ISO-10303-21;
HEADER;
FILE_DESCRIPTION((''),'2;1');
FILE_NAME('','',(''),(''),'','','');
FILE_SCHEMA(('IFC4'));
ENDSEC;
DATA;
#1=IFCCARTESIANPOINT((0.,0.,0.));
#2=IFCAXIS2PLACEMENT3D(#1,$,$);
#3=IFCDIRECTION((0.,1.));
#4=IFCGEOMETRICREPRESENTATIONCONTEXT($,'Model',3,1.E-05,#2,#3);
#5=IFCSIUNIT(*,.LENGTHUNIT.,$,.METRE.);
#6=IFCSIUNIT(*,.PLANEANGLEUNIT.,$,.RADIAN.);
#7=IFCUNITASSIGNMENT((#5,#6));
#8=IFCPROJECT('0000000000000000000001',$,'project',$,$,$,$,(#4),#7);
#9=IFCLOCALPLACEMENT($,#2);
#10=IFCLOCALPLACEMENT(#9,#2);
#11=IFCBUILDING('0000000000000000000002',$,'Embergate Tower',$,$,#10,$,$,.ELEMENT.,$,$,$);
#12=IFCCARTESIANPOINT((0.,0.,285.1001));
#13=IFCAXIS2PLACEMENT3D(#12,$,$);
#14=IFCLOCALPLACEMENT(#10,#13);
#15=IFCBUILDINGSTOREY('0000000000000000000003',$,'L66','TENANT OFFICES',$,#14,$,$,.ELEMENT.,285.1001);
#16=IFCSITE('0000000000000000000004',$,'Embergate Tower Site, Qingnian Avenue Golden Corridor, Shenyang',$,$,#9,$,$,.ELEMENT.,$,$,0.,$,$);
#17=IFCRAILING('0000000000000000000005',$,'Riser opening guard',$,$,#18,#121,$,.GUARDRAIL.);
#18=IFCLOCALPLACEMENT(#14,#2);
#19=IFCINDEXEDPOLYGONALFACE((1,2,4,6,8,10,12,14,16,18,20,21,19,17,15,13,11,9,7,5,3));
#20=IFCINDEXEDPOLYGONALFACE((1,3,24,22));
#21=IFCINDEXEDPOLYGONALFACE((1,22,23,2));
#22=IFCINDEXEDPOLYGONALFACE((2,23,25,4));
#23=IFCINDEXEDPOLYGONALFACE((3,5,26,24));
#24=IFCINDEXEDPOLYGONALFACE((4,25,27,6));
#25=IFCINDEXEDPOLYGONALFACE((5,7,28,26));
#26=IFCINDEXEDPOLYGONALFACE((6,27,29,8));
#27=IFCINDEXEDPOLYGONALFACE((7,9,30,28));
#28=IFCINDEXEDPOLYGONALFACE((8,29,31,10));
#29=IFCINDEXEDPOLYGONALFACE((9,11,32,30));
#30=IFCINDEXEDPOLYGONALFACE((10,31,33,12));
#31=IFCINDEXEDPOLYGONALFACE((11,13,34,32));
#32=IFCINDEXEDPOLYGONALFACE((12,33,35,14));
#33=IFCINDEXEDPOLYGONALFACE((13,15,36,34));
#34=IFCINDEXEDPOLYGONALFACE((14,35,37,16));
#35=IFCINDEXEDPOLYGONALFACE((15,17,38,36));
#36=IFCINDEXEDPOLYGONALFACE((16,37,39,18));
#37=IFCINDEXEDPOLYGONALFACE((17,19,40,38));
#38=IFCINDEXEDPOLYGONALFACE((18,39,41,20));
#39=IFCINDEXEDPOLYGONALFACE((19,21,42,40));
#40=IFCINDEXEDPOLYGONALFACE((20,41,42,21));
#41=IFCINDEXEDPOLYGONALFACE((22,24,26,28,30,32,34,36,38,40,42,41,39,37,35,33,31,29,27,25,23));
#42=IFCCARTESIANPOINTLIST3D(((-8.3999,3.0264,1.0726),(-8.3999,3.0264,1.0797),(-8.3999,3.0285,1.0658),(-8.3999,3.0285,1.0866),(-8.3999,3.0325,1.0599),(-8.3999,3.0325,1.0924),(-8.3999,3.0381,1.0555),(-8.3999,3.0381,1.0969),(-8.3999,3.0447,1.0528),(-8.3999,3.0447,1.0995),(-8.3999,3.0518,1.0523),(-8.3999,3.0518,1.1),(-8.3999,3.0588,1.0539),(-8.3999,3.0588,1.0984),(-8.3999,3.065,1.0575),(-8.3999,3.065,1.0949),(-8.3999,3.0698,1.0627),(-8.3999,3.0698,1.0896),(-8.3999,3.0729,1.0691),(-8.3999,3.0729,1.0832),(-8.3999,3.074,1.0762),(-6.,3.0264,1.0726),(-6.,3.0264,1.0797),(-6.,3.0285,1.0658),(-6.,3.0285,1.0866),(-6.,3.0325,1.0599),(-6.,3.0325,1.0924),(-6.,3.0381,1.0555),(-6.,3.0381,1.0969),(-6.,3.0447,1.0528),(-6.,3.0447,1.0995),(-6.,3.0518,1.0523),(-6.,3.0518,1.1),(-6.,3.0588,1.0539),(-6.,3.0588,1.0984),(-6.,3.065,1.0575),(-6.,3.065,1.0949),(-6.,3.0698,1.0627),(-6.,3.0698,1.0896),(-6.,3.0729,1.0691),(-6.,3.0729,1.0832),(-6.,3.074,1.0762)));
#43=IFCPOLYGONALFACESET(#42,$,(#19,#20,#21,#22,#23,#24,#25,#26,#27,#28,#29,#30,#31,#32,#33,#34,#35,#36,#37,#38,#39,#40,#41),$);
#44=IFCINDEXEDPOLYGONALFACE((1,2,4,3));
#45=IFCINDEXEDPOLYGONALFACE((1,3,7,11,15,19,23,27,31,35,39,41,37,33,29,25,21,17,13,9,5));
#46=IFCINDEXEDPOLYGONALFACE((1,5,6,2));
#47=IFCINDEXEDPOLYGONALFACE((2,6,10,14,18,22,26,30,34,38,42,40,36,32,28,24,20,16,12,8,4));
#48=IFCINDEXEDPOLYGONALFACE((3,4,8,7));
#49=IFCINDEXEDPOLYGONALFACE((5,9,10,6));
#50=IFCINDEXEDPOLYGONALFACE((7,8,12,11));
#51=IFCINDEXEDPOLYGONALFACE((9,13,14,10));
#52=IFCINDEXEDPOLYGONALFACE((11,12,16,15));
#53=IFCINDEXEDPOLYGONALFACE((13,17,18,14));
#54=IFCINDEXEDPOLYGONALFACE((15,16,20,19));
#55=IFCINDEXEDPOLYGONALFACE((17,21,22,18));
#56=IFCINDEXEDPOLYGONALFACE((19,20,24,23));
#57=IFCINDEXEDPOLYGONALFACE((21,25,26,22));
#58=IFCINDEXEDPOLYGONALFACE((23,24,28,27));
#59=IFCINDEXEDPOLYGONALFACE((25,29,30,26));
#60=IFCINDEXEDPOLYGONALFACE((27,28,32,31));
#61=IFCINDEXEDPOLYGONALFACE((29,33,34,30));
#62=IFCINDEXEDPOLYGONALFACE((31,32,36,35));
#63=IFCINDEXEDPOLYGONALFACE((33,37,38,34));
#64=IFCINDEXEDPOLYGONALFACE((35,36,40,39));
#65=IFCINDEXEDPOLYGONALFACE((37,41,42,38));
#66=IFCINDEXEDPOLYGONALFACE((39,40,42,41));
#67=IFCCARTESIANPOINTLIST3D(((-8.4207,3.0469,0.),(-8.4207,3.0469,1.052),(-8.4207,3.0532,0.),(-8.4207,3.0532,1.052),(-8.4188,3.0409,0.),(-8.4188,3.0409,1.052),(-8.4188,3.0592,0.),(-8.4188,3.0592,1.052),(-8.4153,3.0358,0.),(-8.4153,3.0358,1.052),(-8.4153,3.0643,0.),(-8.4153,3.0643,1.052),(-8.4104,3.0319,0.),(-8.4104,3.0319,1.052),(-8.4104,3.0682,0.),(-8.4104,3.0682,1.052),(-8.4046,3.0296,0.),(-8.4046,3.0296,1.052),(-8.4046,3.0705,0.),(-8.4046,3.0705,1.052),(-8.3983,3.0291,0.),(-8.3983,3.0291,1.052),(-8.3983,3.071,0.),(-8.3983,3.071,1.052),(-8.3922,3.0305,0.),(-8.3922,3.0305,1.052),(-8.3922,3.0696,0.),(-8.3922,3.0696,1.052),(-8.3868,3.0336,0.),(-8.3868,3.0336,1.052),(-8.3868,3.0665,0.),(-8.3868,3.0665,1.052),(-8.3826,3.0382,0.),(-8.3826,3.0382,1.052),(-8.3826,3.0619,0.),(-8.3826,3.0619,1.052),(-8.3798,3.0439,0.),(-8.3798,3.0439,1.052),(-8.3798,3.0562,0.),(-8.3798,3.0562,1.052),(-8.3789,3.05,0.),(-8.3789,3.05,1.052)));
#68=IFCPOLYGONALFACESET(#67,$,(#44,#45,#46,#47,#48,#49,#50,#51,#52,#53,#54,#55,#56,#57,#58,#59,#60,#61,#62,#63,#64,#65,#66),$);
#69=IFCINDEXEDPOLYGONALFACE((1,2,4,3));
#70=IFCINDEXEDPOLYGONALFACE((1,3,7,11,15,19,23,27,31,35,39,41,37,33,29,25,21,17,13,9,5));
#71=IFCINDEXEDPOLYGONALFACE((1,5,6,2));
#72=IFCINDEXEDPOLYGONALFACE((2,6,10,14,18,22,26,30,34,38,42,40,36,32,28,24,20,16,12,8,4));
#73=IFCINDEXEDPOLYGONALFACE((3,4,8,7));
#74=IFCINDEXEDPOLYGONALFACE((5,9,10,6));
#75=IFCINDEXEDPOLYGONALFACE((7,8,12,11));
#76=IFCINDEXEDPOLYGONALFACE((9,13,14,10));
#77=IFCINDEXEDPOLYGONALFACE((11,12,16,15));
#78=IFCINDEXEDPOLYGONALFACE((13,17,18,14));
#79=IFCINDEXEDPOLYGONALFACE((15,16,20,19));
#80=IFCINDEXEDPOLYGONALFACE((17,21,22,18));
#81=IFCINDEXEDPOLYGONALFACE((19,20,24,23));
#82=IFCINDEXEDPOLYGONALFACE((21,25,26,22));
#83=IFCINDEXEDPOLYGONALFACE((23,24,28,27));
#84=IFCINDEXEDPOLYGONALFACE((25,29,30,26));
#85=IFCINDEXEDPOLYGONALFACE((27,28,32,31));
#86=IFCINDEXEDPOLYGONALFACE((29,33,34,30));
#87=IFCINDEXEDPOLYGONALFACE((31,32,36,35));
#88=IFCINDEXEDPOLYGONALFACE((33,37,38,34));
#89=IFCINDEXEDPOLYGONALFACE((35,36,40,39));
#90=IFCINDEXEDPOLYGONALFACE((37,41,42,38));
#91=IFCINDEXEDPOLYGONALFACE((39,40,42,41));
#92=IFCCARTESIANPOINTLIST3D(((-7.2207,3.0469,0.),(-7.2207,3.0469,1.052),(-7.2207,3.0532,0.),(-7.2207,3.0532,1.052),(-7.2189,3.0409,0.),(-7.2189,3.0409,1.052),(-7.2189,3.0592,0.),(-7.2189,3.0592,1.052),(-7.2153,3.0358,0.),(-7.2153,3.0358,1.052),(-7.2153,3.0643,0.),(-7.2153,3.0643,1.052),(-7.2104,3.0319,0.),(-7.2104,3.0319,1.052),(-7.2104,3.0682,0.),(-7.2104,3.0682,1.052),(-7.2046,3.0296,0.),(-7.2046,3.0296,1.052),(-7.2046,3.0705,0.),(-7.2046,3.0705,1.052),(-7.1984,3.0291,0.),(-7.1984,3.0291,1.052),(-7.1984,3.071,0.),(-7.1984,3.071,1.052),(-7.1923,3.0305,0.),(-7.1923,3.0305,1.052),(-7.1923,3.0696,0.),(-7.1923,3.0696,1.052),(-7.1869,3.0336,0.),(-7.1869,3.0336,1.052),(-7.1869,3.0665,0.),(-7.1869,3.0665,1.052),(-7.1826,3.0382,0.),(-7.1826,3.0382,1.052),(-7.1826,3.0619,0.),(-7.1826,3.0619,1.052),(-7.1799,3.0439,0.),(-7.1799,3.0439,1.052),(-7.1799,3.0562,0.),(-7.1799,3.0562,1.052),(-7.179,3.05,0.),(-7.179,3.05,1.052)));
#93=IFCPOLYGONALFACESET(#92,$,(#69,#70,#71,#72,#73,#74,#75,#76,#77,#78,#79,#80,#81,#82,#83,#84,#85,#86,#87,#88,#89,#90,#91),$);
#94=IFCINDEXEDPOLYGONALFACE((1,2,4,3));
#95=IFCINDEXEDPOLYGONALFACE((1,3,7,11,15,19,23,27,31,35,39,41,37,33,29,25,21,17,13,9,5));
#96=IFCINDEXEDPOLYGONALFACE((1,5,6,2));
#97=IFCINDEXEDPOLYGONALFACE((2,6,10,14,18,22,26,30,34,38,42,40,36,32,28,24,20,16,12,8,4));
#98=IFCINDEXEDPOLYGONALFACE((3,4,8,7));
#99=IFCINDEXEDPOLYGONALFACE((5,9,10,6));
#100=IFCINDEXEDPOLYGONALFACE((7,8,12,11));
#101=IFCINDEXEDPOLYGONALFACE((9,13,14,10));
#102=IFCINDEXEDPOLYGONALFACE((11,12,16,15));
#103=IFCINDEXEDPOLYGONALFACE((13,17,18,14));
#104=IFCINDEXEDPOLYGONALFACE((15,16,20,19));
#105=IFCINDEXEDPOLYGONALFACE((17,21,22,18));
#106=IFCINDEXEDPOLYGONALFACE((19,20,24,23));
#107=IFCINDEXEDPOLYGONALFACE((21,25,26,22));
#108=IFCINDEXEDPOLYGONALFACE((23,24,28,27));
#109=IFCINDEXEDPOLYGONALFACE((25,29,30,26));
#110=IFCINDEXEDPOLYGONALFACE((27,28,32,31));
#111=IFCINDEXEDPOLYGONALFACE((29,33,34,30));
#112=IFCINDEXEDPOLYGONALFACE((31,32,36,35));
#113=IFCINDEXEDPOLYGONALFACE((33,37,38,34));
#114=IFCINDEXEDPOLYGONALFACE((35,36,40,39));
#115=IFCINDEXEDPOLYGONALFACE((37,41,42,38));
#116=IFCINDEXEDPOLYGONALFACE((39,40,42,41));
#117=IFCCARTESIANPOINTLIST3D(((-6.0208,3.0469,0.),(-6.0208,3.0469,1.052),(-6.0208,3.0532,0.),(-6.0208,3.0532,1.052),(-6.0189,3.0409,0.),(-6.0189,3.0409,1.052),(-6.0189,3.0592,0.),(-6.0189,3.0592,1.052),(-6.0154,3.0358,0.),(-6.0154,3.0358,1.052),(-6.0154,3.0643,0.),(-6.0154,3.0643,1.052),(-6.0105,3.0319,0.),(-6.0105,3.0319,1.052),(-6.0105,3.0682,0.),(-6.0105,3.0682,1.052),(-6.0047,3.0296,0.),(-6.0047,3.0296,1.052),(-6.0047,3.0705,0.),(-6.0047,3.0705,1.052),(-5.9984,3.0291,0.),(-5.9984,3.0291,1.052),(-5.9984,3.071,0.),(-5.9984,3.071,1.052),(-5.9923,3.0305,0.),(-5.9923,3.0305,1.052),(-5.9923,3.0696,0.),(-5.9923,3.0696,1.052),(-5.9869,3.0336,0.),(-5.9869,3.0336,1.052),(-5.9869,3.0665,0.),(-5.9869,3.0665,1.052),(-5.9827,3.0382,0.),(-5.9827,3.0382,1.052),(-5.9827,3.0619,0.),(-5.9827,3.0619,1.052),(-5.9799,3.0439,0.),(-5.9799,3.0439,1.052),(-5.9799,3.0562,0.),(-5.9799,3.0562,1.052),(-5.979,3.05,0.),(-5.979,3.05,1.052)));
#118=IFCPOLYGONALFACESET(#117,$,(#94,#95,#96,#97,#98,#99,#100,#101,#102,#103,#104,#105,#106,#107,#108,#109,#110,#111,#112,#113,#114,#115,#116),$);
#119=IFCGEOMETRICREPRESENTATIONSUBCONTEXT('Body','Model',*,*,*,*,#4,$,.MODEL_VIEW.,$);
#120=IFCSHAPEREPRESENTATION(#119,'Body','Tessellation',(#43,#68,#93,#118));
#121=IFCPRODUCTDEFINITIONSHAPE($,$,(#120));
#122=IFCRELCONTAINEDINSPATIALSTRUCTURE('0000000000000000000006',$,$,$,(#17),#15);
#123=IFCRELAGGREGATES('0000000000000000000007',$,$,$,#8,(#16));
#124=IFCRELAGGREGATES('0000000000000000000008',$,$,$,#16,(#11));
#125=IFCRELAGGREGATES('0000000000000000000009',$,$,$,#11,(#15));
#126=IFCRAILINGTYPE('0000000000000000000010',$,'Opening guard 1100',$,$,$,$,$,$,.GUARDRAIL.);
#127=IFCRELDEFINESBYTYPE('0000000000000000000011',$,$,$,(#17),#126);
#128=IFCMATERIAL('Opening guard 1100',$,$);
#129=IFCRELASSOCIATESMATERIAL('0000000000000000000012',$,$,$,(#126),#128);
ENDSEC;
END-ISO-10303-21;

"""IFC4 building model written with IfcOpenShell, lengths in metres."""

from ifc_helpers import new_model, si_unit, direction, frame, origin, origin_2d, place, context, subcontext, project, spatial, circle, extrude, source, transform, mapped, material, type_object, element, save


model = new_model("IFC4")

# Units and contexts
model_context = context("Model", 3, precision=1e-05, world=origin(), true_north=direction((0.0, 1.0)))
body_context = subcontext(model_context, "Body", "Model", "MODEL_VIEW")
ifc_project = project(units=[si_unit("LENGTHUNIT", "METRE"), si_unit("PLANEANGLEUNIT", "RADIAN")], contexts=[model_context])

# Site, building, storey
site_placement = place(None, origin())
site = spatial("IfcSite", under=ifc_project, at=site_placement, Name="Embergate Tower Site, Qingnian Avenue Golden Corridor, Shenyang", CompositionType="ELEMENT", RefElevation=0.0)
building_placement = place(site_placement, origin())
building = spatial("IfcBuilding", under=site, at=building_placement, Name="Embergate Tower", CompositionType="ELEMENT")
storey_placement = place(building_placement, frame((0.0, 0.0, 285.1001)))
storey = spatial("IfcBuildingStorey", under=building, at=storey_placement, Name="L66", Description="TENANT OFFICES", CompositionType="ELEMENT", Elevation=285.1001)

# Railing
ifc_material_1 = material(Name="Opening guard 1100")
railing_type = type_object("IfcRailingType", Name="Opening guard 1100", PredefinedType="GUARDRAIL", material=ifc_material_1)
shared_shape_1 = source(origin(), body_context, "Body", "SweptSolid", [
    extrude(circle(Radius=0.0239, at=origin_2d()), frame((0.0, 0.0, 1.0762), z_axis=(1.0, 0.0, 0.0), x_axis=(0.0, 1.0, 0.0)), (0.0, 0.0, 1.0), 2.3999),
    extrude(circle(Radius=0.021, at=origin_2d()), origin(), (0.0, 0.0, 1.0), 1.052),
    extrude(circle(Radius=0.021, at=origin_2d()), frame((1.2, 0.0, 0.0)), (0.0, 0.0, 1.0), 1.052),
    extrude(circle(Radius=0.021, at=origin_2d()), frame((2.3999, 0.0, 0.0)), (0.0, 0.0, 1.0), 1.052),
])
railing_1_placement = place(storey_placement, frame((-8.3999, 3.05, 0.0)))
element("IfcRailing", 1, at=railing_1_placement, inside=storey, type_object=railing_type, Name="Riser opening guard", PredefinedType="GUARDRAIL", context=body_context, shape_type="MappedRepresentation", body=[
    mapped(shared_shape_1, transform((0.0, 0.0, 0.0))),
])

save(model, "model.ifc")
